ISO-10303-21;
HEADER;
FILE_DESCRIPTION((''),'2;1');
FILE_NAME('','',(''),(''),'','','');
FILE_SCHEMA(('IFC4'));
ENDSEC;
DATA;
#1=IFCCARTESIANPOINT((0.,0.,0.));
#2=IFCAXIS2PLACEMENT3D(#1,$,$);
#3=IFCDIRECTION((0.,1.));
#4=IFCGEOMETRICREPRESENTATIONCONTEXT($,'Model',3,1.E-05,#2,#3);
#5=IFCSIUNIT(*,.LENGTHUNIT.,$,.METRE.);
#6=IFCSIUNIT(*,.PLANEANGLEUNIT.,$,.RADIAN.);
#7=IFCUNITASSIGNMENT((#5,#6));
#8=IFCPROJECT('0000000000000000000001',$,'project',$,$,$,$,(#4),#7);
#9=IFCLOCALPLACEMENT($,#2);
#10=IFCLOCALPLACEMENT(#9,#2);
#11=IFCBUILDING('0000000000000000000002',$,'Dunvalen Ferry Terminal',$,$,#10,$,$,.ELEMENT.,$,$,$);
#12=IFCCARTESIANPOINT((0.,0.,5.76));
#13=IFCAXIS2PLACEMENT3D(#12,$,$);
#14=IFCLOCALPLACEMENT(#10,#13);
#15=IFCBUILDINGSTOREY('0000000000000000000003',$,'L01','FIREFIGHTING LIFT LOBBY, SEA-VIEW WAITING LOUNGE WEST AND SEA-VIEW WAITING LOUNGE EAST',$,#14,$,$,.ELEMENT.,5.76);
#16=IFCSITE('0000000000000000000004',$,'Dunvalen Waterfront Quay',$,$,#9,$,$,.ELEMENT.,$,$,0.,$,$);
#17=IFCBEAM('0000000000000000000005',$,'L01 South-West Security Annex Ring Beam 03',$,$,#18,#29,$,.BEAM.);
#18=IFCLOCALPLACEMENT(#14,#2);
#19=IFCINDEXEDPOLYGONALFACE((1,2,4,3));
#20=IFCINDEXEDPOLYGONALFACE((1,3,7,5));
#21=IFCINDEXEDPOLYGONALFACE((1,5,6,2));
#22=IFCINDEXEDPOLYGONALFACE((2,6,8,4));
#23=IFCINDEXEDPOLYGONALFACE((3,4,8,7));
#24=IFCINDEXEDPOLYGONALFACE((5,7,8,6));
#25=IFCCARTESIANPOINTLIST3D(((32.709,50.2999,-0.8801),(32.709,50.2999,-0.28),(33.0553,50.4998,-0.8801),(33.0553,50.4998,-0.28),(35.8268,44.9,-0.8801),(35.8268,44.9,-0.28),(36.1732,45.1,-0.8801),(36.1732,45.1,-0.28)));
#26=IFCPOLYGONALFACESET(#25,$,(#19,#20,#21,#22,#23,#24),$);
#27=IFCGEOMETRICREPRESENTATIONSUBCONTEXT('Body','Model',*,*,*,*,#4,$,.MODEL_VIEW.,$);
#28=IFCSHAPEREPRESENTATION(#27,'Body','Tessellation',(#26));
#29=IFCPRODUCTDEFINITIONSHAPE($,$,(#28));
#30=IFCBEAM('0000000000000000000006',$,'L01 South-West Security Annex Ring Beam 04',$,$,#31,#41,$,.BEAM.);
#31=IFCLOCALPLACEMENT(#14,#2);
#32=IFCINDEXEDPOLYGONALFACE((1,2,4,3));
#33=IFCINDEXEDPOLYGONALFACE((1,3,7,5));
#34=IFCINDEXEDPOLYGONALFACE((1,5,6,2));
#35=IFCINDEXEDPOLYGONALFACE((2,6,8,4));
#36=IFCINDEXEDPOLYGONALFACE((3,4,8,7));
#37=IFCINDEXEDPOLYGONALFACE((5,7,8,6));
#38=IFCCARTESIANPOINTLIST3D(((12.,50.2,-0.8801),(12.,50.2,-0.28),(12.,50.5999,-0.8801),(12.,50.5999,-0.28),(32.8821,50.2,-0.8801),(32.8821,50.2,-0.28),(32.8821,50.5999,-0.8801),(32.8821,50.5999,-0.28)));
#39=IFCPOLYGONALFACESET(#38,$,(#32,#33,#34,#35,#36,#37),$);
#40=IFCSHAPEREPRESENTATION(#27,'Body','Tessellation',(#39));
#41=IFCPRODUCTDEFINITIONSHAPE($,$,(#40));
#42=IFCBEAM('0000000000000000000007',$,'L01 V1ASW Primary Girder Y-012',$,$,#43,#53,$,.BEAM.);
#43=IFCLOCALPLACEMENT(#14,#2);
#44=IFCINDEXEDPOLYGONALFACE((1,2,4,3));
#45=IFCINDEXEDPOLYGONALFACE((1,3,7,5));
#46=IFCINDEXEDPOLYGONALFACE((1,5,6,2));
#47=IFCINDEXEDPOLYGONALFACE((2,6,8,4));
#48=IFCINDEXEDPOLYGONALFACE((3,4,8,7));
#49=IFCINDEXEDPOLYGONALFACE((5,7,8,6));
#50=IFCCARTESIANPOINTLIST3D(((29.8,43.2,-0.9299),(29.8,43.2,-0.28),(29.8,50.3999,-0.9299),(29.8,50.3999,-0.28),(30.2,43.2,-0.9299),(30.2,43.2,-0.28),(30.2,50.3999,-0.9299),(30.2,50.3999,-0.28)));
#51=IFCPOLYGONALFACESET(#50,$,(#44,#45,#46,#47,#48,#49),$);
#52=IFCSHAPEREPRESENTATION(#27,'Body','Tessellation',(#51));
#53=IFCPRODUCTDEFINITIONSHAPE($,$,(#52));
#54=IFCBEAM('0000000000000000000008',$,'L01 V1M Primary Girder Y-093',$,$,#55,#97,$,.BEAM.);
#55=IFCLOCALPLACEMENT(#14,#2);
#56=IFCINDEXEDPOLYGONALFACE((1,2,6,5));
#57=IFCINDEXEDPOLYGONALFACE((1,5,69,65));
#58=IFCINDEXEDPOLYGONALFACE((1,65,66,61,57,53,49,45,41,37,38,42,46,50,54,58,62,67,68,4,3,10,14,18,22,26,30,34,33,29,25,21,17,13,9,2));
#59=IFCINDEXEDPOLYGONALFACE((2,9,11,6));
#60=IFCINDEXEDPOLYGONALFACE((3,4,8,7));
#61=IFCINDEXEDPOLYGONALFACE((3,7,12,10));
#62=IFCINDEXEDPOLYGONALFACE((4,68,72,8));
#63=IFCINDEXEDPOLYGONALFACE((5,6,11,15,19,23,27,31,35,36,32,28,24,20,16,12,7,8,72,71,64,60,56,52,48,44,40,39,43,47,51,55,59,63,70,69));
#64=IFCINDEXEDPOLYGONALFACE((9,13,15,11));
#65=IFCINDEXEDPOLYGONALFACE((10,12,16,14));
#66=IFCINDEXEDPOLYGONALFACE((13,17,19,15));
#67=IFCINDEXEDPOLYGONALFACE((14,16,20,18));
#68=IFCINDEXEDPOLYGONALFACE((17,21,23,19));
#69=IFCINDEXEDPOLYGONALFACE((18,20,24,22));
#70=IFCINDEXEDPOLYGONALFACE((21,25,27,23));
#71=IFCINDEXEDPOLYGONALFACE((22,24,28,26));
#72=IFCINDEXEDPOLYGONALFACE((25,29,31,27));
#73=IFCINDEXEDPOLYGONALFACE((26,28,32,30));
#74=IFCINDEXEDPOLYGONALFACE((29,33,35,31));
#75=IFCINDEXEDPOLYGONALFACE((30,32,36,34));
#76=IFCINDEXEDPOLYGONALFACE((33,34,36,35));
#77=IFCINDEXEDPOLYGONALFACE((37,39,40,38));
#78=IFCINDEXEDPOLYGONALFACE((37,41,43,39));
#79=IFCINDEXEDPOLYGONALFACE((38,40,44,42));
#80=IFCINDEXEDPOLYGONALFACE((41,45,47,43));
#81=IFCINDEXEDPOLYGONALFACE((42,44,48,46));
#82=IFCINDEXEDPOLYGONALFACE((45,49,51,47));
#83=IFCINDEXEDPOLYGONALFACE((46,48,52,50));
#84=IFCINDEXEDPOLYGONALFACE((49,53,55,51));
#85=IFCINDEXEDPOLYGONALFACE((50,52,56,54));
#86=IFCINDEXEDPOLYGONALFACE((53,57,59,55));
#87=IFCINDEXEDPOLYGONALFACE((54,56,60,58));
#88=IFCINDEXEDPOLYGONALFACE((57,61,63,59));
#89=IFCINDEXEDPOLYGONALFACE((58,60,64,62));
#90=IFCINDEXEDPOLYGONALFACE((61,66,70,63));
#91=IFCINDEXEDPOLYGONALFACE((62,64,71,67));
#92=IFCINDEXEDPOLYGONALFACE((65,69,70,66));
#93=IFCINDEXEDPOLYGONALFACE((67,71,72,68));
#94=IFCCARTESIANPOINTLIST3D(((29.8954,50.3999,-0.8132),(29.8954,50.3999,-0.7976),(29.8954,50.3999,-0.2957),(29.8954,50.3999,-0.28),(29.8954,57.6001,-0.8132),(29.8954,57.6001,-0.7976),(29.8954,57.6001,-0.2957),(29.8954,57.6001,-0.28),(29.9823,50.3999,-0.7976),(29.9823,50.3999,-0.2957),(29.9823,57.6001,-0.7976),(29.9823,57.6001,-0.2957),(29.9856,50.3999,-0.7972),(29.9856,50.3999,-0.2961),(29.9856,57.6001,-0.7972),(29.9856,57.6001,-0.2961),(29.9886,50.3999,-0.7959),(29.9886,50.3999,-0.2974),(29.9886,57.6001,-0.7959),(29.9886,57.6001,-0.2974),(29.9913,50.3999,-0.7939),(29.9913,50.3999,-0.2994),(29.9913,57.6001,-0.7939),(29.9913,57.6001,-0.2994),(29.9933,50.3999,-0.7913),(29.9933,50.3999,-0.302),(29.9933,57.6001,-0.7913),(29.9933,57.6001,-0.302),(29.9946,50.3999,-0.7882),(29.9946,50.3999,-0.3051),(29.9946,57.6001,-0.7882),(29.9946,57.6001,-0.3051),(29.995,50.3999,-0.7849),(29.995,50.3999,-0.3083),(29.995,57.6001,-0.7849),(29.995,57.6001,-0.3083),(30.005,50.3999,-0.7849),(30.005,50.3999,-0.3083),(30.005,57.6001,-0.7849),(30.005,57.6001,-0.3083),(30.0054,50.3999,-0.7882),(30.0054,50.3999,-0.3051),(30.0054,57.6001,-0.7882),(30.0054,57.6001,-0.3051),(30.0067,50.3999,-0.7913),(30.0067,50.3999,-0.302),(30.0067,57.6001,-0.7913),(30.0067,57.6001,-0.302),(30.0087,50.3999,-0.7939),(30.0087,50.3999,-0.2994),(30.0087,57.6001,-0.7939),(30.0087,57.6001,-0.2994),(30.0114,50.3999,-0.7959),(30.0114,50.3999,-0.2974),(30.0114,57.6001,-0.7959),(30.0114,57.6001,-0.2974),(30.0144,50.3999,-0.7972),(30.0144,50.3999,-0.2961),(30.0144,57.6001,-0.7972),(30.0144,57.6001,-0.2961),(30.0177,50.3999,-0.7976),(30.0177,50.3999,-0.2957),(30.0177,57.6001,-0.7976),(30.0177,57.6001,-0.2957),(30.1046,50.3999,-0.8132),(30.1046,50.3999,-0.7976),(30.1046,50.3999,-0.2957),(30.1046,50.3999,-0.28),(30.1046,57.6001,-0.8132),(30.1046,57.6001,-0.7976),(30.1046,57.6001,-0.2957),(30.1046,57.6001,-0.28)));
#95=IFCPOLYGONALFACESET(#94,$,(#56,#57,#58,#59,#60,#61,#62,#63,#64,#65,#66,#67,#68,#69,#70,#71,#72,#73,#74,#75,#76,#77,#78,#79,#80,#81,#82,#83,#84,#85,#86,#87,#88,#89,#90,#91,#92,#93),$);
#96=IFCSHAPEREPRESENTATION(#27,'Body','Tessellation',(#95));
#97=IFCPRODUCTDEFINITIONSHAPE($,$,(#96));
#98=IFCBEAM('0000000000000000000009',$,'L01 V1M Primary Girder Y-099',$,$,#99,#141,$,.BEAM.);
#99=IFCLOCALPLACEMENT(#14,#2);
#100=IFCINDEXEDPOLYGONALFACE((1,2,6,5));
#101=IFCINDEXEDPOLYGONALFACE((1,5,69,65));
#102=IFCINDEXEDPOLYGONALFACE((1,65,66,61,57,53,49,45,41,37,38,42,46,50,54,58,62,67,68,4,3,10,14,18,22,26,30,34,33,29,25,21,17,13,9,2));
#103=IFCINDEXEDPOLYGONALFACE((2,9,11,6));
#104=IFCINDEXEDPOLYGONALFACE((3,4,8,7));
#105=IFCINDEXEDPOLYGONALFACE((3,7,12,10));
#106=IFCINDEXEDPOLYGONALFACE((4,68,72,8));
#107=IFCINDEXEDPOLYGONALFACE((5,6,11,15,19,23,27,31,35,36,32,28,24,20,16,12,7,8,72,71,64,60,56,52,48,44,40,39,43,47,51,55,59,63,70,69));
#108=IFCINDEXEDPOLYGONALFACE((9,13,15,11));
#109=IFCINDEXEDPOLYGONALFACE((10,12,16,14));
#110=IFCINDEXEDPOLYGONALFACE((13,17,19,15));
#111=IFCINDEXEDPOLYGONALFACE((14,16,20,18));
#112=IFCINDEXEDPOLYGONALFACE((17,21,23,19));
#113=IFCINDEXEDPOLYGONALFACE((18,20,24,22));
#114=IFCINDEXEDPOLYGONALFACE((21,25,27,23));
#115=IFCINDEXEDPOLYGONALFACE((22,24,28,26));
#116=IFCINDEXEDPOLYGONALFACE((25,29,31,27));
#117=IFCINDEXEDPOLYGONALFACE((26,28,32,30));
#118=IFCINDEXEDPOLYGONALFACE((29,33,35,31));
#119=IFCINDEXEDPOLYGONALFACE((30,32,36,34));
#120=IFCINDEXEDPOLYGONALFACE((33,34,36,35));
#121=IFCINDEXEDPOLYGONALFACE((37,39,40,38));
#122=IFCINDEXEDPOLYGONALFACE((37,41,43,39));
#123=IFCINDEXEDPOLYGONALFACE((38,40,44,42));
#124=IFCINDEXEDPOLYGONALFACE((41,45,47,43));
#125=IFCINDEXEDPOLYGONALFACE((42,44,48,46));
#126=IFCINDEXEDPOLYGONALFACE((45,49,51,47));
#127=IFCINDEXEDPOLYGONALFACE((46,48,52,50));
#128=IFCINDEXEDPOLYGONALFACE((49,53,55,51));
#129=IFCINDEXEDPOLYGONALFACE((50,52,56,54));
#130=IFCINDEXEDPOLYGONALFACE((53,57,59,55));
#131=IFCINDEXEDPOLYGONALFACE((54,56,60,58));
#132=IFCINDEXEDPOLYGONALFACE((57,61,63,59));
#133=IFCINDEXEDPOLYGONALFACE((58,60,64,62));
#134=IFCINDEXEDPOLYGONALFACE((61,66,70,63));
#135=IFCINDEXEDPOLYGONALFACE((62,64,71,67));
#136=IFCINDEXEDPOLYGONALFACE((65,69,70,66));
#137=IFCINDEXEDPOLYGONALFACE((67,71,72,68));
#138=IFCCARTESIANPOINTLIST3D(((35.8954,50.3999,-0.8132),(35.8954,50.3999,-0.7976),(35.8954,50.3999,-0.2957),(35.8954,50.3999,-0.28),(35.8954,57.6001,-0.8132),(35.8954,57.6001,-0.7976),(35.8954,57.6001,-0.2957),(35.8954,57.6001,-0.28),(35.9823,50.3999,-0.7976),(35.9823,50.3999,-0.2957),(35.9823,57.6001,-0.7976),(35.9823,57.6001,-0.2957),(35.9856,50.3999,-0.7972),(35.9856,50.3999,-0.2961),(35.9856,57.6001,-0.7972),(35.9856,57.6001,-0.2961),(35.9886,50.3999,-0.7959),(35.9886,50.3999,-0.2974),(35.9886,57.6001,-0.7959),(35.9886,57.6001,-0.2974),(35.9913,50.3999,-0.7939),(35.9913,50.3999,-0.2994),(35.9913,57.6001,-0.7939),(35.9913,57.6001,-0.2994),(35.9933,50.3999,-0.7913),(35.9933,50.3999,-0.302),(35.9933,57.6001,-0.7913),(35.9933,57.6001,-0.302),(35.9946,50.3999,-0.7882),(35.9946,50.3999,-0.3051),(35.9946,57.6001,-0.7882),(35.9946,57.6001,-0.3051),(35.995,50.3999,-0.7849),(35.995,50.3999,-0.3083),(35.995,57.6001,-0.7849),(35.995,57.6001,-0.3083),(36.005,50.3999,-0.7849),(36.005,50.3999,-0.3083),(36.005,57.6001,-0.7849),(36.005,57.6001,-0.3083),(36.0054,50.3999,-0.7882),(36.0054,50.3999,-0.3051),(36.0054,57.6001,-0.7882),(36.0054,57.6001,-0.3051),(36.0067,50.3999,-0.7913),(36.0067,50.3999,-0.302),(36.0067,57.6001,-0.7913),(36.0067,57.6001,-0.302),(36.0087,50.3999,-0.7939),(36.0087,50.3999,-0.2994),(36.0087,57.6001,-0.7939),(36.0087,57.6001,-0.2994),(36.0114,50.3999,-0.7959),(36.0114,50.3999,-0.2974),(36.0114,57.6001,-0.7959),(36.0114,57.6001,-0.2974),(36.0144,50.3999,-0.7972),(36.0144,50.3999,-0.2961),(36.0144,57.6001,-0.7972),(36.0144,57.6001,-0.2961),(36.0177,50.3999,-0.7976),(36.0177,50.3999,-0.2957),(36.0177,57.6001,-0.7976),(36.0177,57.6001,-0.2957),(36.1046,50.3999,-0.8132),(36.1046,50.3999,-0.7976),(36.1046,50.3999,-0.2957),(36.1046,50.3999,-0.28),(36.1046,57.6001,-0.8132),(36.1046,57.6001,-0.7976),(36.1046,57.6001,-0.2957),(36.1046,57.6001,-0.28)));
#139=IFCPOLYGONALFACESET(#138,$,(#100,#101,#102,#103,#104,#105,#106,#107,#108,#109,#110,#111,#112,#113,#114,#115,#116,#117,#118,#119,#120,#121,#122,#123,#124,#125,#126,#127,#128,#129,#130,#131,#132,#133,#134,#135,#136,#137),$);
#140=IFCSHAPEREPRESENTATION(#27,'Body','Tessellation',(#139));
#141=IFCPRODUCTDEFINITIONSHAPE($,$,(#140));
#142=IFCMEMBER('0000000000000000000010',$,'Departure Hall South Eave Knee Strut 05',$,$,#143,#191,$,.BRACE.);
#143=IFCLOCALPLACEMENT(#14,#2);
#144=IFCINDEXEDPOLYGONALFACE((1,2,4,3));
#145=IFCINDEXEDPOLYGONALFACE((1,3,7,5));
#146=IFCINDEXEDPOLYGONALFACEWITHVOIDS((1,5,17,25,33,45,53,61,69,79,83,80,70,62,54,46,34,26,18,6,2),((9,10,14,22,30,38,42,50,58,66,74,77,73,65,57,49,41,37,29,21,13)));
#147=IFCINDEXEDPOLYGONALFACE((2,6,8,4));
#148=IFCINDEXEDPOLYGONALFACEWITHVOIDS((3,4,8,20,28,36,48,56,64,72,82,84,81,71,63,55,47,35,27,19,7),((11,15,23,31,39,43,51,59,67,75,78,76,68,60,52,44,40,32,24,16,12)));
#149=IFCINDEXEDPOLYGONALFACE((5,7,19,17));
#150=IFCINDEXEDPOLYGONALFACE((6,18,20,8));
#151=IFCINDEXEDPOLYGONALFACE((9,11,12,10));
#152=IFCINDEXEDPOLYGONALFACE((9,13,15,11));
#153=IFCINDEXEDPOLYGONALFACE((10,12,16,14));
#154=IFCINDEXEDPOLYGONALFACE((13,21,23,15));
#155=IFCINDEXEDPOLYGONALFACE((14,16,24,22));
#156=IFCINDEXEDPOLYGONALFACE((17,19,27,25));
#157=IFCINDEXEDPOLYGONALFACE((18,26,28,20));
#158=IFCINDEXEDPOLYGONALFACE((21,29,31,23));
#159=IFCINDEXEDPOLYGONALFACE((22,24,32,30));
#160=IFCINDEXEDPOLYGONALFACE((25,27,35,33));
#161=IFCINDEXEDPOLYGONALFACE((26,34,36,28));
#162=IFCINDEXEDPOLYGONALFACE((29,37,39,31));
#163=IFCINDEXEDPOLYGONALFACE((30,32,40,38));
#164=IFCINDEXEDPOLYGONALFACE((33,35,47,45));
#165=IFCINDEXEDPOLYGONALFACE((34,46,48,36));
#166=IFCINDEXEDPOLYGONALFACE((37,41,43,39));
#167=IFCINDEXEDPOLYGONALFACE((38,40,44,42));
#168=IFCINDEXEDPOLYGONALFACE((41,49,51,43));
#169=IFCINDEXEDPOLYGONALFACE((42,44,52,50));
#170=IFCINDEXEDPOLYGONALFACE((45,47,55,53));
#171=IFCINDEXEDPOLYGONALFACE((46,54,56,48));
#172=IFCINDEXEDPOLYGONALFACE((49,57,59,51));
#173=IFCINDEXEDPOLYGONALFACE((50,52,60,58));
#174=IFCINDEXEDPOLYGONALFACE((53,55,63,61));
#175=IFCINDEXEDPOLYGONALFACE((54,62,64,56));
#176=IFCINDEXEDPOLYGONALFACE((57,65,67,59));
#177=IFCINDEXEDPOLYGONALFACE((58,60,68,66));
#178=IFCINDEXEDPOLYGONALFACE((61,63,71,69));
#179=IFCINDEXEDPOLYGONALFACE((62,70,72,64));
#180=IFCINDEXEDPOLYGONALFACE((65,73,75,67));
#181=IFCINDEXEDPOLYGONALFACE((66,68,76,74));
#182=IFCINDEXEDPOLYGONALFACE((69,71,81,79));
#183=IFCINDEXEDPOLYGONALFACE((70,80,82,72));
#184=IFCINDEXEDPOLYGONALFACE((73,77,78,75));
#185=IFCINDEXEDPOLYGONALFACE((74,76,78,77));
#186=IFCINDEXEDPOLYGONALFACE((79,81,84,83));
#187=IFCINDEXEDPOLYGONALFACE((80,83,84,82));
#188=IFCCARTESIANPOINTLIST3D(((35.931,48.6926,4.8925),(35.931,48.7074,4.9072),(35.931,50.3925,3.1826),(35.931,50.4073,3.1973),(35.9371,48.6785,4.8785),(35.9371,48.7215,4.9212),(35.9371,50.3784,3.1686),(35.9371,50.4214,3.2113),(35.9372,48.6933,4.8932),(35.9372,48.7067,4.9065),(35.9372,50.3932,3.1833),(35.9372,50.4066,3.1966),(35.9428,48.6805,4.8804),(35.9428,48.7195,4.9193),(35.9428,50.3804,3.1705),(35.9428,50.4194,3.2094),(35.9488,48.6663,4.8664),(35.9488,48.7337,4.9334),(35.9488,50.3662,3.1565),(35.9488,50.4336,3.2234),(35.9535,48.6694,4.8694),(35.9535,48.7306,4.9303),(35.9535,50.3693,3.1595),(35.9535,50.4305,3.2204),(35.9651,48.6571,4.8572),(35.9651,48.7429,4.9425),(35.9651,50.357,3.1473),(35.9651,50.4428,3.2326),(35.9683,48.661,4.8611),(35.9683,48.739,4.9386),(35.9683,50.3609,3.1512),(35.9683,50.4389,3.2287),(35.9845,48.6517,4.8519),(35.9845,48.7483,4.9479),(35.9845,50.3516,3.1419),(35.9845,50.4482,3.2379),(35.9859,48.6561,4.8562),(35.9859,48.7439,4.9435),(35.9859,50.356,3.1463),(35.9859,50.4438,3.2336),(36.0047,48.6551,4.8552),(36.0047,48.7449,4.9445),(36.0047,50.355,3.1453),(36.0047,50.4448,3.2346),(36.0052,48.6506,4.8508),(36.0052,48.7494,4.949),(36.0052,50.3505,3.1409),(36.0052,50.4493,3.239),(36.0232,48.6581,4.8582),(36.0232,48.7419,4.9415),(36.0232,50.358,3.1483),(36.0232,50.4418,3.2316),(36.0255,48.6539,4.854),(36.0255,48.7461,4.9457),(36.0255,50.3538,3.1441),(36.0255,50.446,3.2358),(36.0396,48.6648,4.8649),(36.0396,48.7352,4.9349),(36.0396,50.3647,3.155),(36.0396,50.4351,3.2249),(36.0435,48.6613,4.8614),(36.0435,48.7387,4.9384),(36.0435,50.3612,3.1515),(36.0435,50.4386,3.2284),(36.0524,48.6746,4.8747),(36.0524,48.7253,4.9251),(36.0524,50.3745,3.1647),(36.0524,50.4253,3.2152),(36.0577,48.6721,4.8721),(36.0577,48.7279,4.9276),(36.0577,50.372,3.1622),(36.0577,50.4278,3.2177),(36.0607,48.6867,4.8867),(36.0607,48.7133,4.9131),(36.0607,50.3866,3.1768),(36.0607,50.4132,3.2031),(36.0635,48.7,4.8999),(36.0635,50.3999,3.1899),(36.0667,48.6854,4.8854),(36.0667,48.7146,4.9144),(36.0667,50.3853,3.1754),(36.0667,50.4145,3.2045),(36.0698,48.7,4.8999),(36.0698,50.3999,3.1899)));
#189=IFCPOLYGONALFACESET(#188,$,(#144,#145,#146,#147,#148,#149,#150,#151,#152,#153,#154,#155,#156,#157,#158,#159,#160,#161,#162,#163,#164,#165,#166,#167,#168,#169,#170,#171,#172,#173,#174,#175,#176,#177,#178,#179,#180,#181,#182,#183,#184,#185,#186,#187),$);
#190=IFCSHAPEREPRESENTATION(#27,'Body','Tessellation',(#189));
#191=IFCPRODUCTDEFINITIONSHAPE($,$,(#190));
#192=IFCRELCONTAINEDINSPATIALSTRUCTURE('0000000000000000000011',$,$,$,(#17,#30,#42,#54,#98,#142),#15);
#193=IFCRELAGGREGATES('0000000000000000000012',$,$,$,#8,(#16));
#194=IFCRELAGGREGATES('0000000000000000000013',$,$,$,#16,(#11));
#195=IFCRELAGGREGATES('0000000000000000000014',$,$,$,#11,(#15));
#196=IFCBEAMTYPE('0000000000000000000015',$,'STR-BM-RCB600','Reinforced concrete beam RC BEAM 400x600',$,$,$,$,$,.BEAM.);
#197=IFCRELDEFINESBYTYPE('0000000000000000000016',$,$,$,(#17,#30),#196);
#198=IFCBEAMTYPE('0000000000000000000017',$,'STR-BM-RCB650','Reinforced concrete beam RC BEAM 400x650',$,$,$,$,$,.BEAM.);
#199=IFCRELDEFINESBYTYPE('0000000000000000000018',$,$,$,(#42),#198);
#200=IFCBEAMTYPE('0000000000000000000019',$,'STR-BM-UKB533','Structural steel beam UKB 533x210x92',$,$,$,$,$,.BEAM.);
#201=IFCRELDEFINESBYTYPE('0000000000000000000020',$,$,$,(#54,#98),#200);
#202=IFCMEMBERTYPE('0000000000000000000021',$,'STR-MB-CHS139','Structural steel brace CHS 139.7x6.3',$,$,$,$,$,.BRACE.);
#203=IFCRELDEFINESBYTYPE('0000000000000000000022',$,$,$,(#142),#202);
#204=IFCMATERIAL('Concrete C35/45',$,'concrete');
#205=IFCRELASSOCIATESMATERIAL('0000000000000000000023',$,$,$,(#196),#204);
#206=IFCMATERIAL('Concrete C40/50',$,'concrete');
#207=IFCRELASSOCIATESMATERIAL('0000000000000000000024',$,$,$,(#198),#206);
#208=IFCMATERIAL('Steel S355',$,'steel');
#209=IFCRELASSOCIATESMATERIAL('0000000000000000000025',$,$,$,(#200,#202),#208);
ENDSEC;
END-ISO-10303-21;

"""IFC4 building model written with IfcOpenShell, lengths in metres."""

from ifc_helpers import new_model, si_unit, direction, frame, origin, origin_2d, place, context, subcontext, project, spatial, rectangle, hollow_circle, i_section, extrude, material, material_profile, profile_set, type_object, element, save


model = new_model("IFC4")

# Units and contexts
model_context = context("Model", 3, precision=1e-05, world=origin(), true_north=direction((0.0, 1.0)))
body_context = subcontext(model_context, "Body", "Model", "MODEL_VIEW")
ifc_project = project(units=[si_unit("LENGTHUNIT", "METRE"), si_unit("PLANEANGLEUNIT", "RADIAN")], contexts=[model_context])

# Site, building, storey
site_placement = place(None, origin())
site = spatial("IfcSite", under=ifc_project, at=site_placement, Name="Dunvalen Waterfront Quay", CompositionType="ELEMENT", RefElevation=0.0)
building_placement = place(site_placement, origin())
building = spatial("IfcBuilding", under=site, at=building_placement, Name="Dunvalen Ferry Terminal", CompositionType="ELEMENT")
storey_placement = place(building_placement, frame((0.0, 0.0, 5.76)))
storey = spatial("IfcBuildingStorey", under=building, at=storey_placement, Name="L01", Description="FIREFIGHTING LIFT LOBBY, SEA-VIEW WAITING LOUNGE WEST AND SEA-VIEW WAITING LOUNGE EAST", CompositionType="ELEMENT", Elevation=5.76)

# Shared definitions
ifc_material_1 = material(Name="Concrete C40/50", Category="concrete")
ifc_material_2 = material(Name="Concrete C35/45", Category="concrete")
ifc_material_3 = material(Name="Steel S355", Category="steel")

# Beams
ifc_material_profile_1 = material_profile(ifc_material_2, rectangle(XDim=0.3999, YDim=0.6001, at=origin_2d()), Name="Concrete C35/45")
ifc_profile_set_1 = profile_set([ifc_material_profile_1], Name="Concrete C35/45")
beam_type_1 = type_object("IfcBeamType", Name="STR-BM-RCB600", Description="Reinforced concrete beam RC BEAM 400x600", PredefinedType="BEAM", material=ifc_profile_set_1)
beam_1_placement = place(storey_placement, frame((36.0, 45.0, -0.5801), z_axis=(-0.500034, 0.866006, 0.0), x_axis=(-0.866006, -0.500034, 0.0)))
element("IfcBeam", 1, at=beam_1_placement, inside=storey, type_object=beam_type_1, Name="L01 South-West Security Annex Ring Beam 03", PredefinedType="BEAM", context=body_context, shape_type="SweptSolid", body=[
    extrude(rectangle(XDim=0.3999, YDim=0.6001, at=origin_2d()), origin(), (0.0, 0.0, 1.0), 6.2354),
])
beam_2_placement = place(storey_placement, frame((32.8821, 50.3999, -0.5801), z_axis=(-1.0, 0.0, 0.0), x_axis=(0.0, -1.0, 0.0)))
element("IfcBeam", 2, at=beam_2_placement, inside=storey, type_object=beam_type_1, Name="L01 South-West Security Annex Ring Beam 04", PredefinedType="BEAM", context=body_context, shape_type="SweptSolid", body=[
    extrude(rectangle(XDim=0.3999, YDim=0.6001, at=origin_2d()), origin(), (0.0, 0.0, 1.0), 20.8821),
])
ifc_material_profile_2 = material_profile(ifc_material_1, rectangle(XDim=0.3999, YDim=0.6499, at=origin_2d()), Name="Concrete C40/50")
ifc_profile_set_2 = profile_set([ifc_material_profile_2], Name="Concrete C40/50")
beam_type_2 = type_object("IfcBeamType", Name="STR-BM-RCB650", Description="Reinforced concrete beam RC BEAM 400x650", PredefinedType="BEAM", material=ifc_profile_set_2)
beam_3_placement = place(storey_placement, frame((30.0, 43.2, -0.605), z_axis=(0.0, 1.0, 0.0), x_axis=(-1.0, 0.0, 0.0)))
element("IfcBeam", 3, at=beam_3_placement, inside=storey, type_object=beam_type_2, Name="L01 V1ASW Primary Girder Y-012", PredefinedType="BEAM", context=body_context, shape_type="SweptSolid", body=[
    extrude(rectangle(XDim=0.3999, YDim=0.6499, at=origin_2d()), origin(), (0.0, 0.0, 1.0), 7.2),
])
ifc_material_profile_3 = material_profile(ifc_material_3, i_section(OverallWidth=0.2092, OverallDepth=0.5332, WebThickness=0.01, FlangeThickness=0.0156, FilletRadius=0.0127, at=origin_2d()), Name="Steel S355")
ifc_profile_set_3 = profile_set([ifc_material_profile_3], Name="Steel S355")
beam_type_3 = type_object("IfcBeamType", Name="STR-BM-UKB533", Description="Structural steel beam UKB 533x210x92", PredefinedType="BEAM", material=ifc_profile_set_3)
for number, where, z_axis, x_axis, name in (
    (4, (30.0, 50.3999, -0.5466), (0.0, 1.0, 0.0), (-1.0, 0.0, 0.0), "L01 V1M Primary Girder Y-093"),
    (5, (36.0, 50.3999, -0.5466), (0.0, 1.0, 0.0), (-1.0, 0.0, 0.0), "L01 V1M Primary Girder Y-099"),
):
    element("IfcBeam", number, at=place(storey_placement, frame(where, z_axis=z_axis, x_axis=x_axis)), inside=storey, type_object=beam_type_3, Name=name, PredefinedType="BEAM", context=body_context, shape_type="SweptSolid", body=[
        extrude(i_section(OverallWidth=0.2092, OverallDepth=0.5332, WebThickness=0.01, FlangeThickness=0.0156, FilletRadius=0.0127, at=origin_2d()), origin(), (0.0, 0.0, 1.0), 7.2002),
    ])

# Member
ifc_material_profile_4 = material_profile(ifc_material_3, hollow_circle(Radius=0.0698, WallThickness=0.0063, at=origin_2d()), Name="Steel S355")
ifc_profile_set_4 = profile_set([ifc_material_profile_4], Name="Steel S355")
member_type_1 = type_object("IfcMemberType", Name="STR-MB-CHS139", Description="Structural steel brace CHS 139.7x6.3", PredefinedType="BRACE", material=ifc_profile_set_4)
member_1_placement = place(storey_placement, frame((36.0, 50.3999, 3.1899), z_axis=(0.0, -0.705028, 0.709179), x_axis=(1.0, 0.0, 0.0)))
element("IfcMember", 6, at=member_1_placement, inside=storey, type_object=member_type_1, Name="Departure Hall South Eave Knee Strut 05", PredefinedType="BRACE", context=body_context, shape_type="SweptSolid", body=[
    extrude(hollow_circle(Radius=0.0698, WallThickness=0.0063, at=origin_2d()), origin(), (0.0, 0.0, 1.0), 2.4111),
])

save(model, "model.ifc")
